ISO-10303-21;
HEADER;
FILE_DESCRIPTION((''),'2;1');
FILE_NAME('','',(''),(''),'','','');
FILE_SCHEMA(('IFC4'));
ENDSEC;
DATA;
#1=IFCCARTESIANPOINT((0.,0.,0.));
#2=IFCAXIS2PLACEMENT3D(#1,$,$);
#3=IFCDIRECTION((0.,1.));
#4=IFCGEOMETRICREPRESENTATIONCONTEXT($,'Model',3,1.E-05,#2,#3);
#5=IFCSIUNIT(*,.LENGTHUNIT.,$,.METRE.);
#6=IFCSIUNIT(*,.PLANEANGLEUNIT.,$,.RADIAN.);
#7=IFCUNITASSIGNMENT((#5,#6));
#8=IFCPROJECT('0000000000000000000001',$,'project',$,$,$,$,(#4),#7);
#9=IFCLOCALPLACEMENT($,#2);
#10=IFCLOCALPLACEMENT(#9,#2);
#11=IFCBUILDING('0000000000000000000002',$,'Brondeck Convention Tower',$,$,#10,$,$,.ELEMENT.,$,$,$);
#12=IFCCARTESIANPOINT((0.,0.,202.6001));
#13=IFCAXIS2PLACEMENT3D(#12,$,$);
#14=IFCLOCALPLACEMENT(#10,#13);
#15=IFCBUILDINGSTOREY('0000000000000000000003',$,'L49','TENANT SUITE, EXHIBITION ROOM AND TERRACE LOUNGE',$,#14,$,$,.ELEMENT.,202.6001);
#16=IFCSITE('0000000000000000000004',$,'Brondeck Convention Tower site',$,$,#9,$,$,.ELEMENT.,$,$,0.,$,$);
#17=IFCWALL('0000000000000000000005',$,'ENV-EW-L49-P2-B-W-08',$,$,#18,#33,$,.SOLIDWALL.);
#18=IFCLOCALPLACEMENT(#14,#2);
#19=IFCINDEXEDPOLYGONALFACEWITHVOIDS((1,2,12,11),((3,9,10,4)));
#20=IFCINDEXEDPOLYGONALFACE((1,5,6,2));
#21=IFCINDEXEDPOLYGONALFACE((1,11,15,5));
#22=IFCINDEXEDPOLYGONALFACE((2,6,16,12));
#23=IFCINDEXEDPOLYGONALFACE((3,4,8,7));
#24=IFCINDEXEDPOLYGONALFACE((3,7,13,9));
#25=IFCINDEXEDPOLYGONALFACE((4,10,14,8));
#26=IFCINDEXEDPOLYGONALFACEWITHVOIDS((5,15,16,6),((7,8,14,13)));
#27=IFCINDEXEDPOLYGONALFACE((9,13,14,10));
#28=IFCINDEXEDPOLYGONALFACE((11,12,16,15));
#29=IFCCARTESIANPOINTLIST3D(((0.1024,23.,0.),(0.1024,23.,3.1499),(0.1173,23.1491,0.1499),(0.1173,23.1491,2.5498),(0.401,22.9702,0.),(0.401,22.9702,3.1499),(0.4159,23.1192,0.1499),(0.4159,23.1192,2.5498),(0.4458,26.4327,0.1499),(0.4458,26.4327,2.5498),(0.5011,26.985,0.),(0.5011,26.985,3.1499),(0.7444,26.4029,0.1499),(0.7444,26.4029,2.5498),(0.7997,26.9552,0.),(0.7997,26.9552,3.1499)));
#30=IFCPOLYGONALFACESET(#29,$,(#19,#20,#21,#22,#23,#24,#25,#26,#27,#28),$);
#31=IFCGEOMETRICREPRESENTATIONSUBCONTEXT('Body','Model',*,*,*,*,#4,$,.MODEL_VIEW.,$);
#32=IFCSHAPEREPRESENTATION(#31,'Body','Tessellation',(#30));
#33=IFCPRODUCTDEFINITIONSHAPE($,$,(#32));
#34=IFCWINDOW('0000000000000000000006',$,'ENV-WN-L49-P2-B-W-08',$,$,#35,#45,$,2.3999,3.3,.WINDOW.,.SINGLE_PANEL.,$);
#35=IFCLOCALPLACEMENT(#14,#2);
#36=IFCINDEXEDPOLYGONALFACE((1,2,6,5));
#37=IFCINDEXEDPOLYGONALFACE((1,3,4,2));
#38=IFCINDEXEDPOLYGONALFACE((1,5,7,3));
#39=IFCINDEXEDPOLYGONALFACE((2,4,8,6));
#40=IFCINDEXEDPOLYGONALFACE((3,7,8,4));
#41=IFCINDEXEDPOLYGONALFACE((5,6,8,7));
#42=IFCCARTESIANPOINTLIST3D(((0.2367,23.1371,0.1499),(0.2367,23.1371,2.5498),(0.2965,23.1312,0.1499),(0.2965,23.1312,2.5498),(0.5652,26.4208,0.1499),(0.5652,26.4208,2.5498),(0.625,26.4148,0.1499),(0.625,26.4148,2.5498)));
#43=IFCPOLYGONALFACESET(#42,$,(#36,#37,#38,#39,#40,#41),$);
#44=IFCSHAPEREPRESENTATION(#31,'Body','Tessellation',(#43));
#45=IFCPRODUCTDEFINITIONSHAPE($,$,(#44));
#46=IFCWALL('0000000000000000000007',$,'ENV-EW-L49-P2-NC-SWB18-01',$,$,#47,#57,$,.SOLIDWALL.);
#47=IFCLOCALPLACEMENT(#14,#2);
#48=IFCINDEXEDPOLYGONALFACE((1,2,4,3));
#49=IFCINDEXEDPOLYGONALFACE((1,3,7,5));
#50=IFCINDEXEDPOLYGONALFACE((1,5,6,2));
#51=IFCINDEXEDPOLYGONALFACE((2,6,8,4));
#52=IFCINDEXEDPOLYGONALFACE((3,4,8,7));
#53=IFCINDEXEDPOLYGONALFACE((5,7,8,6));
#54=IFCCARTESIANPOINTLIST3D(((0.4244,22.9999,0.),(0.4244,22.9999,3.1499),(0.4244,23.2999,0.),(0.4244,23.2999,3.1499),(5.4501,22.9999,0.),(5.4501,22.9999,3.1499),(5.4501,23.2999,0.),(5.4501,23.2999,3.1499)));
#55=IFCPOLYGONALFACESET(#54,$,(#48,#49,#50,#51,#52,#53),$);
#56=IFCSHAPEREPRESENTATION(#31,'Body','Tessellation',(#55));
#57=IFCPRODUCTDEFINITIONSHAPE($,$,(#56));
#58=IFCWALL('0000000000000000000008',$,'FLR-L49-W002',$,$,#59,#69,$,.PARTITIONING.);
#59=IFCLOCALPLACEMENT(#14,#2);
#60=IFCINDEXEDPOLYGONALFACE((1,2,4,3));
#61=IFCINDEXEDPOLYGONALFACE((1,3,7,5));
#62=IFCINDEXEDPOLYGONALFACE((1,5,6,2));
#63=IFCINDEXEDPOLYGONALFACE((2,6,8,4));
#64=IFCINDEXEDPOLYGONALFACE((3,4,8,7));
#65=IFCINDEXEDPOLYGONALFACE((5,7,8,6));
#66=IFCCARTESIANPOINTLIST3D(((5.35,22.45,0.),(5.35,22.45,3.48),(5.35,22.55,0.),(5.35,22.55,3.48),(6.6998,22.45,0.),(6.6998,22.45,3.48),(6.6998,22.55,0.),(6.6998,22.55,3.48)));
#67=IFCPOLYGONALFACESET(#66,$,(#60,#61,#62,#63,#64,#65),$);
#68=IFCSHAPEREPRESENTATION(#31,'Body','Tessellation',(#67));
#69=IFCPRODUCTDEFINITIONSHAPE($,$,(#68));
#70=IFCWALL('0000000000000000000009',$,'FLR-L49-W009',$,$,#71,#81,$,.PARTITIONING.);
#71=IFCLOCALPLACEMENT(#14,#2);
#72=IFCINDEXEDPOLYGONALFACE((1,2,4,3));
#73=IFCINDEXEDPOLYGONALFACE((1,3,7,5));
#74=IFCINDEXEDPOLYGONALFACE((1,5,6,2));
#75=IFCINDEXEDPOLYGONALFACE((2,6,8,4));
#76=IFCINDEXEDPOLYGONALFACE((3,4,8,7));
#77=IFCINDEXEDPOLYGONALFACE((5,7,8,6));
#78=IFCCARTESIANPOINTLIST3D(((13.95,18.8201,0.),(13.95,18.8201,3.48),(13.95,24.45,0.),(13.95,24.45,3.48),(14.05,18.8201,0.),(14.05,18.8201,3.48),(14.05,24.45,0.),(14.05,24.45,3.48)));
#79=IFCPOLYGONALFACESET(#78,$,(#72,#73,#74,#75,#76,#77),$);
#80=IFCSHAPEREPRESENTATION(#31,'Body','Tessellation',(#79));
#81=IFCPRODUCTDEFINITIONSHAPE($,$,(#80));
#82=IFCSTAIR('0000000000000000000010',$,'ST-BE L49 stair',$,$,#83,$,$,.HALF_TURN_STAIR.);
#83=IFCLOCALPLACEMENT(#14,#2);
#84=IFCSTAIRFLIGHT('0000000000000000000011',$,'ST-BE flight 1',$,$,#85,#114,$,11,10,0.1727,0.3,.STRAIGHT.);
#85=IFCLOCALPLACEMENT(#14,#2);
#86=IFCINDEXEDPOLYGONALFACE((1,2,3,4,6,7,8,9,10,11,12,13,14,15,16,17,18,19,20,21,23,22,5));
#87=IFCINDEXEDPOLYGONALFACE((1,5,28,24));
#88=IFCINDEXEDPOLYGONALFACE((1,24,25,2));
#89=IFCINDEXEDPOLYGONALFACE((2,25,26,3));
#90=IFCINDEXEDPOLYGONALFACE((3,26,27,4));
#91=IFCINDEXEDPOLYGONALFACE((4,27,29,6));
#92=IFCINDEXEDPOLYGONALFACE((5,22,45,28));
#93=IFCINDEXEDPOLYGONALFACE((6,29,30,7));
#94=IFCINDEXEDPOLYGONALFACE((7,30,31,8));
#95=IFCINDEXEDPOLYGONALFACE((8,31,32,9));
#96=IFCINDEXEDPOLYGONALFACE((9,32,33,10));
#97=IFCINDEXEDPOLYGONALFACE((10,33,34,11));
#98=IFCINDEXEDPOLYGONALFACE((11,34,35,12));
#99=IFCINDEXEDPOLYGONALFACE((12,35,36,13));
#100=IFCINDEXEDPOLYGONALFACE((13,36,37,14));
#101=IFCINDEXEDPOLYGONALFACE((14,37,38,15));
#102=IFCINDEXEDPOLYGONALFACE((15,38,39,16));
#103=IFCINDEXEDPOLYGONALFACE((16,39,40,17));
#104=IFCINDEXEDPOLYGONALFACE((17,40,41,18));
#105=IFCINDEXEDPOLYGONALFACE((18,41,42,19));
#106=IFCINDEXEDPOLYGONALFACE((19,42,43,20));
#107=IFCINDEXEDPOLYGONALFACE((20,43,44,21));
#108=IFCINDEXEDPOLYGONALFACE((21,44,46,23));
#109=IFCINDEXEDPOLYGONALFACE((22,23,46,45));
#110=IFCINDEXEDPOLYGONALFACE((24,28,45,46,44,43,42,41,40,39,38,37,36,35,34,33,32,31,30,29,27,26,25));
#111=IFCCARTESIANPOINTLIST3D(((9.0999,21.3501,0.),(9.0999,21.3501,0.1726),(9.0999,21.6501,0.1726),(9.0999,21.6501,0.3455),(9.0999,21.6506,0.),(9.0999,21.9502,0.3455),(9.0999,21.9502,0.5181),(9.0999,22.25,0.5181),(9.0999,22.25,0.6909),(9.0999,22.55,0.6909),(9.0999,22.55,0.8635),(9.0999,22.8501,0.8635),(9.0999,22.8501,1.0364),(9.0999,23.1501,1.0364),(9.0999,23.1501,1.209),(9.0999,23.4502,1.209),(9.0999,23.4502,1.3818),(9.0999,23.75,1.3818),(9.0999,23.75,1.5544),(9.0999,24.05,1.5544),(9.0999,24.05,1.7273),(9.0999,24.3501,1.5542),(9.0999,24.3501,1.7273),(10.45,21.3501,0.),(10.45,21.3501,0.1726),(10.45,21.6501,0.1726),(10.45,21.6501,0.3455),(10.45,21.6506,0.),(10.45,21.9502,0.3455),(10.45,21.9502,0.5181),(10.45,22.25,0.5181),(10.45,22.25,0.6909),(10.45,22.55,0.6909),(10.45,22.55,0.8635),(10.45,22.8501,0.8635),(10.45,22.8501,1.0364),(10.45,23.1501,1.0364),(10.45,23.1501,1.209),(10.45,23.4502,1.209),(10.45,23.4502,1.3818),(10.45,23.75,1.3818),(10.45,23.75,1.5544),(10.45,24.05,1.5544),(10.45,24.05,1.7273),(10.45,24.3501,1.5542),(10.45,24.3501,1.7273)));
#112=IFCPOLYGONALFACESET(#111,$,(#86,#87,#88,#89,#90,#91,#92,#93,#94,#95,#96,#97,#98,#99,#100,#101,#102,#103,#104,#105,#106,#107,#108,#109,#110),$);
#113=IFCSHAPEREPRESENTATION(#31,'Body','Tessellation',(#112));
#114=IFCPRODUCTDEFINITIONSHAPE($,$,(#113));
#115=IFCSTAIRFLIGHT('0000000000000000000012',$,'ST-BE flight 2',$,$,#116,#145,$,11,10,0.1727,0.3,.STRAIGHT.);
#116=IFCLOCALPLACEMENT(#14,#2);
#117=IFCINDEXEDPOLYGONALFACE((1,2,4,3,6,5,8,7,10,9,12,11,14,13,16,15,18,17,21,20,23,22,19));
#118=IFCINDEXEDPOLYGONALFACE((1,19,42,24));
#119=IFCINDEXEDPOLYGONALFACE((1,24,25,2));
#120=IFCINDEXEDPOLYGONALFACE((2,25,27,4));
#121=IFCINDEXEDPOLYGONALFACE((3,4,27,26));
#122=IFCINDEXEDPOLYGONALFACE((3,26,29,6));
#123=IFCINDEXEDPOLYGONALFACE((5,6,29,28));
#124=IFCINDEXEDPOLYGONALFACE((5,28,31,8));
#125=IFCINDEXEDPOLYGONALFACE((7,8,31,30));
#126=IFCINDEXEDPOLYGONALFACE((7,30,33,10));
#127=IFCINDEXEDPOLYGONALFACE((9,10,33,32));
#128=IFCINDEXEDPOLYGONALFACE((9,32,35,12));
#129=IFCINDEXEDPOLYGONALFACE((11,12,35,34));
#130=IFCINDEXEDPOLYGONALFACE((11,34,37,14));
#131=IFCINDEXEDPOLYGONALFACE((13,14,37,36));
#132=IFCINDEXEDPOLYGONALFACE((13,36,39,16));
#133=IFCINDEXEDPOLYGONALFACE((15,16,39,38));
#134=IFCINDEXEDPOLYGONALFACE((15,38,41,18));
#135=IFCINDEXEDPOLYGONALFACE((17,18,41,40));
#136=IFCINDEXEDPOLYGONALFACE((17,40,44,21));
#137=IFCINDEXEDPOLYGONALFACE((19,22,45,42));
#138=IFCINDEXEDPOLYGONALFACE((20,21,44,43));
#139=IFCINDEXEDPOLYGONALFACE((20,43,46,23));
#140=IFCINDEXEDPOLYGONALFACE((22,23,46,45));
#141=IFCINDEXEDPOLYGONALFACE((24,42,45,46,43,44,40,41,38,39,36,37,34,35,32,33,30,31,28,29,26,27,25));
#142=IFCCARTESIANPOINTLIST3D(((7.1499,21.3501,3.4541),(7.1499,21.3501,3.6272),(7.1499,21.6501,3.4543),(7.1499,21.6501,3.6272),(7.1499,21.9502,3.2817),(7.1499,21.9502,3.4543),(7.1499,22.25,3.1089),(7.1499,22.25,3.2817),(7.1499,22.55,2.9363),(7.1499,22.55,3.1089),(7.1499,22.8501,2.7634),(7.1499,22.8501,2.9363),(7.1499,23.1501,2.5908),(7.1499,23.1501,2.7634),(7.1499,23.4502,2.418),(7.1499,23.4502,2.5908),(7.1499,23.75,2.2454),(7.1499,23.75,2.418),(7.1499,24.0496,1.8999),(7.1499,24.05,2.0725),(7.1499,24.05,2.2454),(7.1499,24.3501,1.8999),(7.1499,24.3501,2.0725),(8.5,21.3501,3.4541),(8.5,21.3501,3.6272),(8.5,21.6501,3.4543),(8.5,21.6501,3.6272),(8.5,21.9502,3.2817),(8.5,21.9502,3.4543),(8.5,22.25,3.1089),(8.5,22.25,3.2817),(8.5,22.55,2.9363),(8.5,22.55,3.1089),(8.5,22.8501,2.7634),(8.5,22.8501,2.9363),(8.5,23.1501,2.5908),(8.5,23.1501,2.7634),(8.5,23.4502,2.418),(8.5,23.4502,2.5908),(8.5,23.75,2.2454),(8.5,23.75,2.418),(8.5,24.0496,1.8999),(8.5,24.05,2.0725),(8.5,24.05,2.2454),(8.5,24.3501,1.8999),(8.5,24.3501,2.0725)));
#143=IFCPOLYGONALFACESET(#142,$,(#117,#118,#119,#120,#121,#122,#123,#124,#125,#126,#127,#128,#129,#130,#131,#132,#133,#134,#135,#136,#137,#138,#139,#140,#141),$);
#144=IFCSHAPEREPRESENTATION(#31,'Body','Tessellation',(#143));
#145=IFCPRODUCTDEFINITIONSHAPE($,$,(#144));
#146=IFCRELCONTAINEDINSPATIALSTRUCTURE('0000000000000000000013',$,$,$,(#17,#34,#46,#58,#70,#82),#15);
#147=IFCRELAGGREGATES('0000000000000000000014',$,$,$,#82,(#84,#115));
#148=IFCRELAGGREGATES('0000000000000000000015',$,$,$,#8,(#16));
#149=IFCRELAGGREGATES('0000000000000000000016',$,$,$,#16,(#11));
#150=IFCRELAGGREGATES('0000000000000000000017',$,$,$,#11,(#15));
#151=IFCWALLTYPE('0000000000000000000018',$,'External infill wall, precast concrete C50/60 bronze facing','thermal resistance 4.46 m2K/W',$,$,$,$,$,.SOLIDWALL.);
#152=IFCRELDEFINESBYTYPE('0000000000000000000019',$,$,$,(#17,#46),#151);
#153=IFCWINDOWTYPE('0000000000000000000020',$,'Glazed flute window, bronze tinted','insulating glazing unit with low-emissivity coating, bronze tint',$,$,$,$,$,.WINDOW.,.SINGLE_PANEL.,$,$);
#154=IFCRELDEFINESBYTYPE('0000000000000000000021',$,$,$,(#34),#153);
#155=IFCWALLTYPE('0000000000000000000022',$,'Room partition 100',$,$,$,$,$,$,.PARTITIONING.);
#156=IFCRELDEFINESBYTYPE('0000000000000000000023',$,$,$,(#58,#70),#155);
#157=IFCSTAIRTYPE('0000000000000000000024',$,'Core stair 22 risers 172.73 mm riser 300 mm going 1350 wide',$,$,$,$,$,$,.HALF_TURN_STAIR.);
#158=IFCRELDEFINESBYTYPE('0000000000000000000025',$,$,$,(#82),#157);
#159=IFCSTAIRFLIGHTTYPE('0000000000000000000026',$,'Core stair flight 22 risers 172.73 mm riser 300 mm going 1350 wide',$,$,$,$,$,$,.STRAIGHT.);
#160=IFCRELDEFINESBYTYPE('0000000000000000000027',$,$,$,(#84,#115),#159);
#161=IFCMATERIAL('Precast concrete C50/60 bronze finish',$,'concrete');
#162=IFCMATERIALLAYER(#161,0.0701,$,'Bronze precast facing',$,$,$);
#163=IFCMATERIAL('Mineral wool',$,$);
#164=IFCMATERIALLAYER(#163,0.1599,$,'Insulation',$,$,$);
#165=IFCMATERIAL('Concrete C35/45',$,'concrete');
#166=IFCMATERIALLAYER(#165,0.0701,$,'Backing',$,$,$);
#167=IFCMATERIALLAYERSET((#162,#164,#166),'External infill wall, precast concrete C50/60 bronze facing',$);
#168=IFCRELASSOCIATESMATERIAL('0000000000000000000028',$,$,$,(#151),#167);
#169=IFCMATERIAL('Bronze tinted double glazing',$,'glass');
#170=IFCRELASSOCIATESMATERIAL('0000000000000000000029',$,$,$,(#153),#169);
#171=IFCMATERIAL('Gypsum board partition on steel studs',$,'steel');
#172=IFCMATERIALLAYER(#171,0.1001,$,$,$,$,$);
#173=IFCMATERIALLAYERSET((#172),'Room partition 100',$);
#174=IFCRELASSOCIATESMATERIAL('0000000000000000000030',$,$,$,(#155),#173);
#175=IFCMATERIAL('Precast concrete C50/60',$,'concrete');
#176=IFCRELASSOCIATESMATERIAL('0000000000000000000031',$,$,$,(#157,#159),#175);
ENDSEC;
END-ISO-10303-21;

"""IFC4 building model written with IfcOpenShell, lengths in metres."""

from ifc_helpers import new_model, si_unit, direction, frame, frame_2d, origin, place, context, subcontext, project, spatial, polyline, rectangle, outline, extrude, material, layer, layer_set, type_object, element, fill, aggregate, save


model = new_model("IFC4")

# Units and contexts
model_context = context("Model", 3, precision=1e-05, world=origin(), true_north=direction((0.0, 1.0)))
body_context = subcontext(model_context, "Body", "Model", "MODEL_VIEW")
ifc_project = project(units=[si_unit("LENGTHUNIT", "METRE"), si_unit("PLANEANGLEUNIT", "RADIAN")], contexts=[model_context])

# Site, building, storey
site_placement = place(None, origin())
site = spatial("IfcSite", under=ifc_project, at=site_placement, Name="Brondeck Convention Tower site", CompositionType="ELEMENT", RefElevation=0.0)
building_placement = place(site_placement, origin())
building = spatial("IfcBuilding", under=site, at=building_placement, Name="Brondeck Convention Tower", CompositionType="ELEMENT")
storey_placement = place(building_placement, frame((0.0, 0.0, 202.6001)))
storey = spatial("IfcBuildingStorey", under=building, at=storey_placement, Name="L49", Description="TENANT SUITE, EXHIBITION ROOM AND TERRACE LOUNGE", CompositionType="ELEMENT", Elevation=202.6001)

# Shared definitions
ifc_material_1 = material(Name="Precast concrete C50/60 bronze finish", Category="concrete")
ifc_layer_1 = layer(ifc_material_1, 0.0701, Name="Bronze precast facing")
ifc_material_2 = material(Name="Mineral wool")
ifc_layer_2 = layer(ifc_material_2, 0.1599, Name="Insulation")
ifc_material_3 = material(Name="Concrete C35/45", Category="concrete")
ifc_layer_3 = layer(ifc_material_3, 0.0701, Name="Backing")
ifc_layer_set_1 = layer_set([ifc_layer_1, ifc_layer_2, ifc_layer_3], Name="External infill wall, precast concrete C50/60 bronze facing")
wall_type_1 = type_object("IfcWallType", Name="External infill wall, precast concrete C50/60 bronze facing", Description="thermal resistance 4.46 m2K/W", PredefinedType="SOLIDWALL", material=ifc_layer_set_1)
ifc_material_4 = material(Name="Bronze tinted double glazing", Category="glass")
window_type_1 = type_object("IfcWindowType", Name="Glazed flute window, bronze tinted", Description="insulating glazing unit with low-emissivity coating, bronze tint", PartitioningType="SINGLE_PANEL", PredefinedType="WINDOW", material=ifc_material_4)

# Wall, opening, window
wall_1_placement = place(storey_placement, frame((0.2517, 22.9851, 0.0), z_axis=(0.0, 0.0, 1.0), x_axis=(0.099546, 0.995033, 0.0)))
wall_1 = element("IfcWall", 1, at=wall_1_placement, inside=storey, type_object=wall_type_1, Name="ENV-EW-L49-P2-B-W-08", PredefinedType="SOLIDWALL", context=body_context, shape_type="SweptSolid", body=[
    extrude(rectangle(XDim=4.0049, YDim=0.3, at=frame_2d((2.0024, 0.0))), origin(), (0.0, 0.0, 1.0), 3.1499),
])
opening_1_placement = place(wall_1_placement, frame((0.1499, 0.0, 0.1499)))
opening_1 = element("IfcOpeningElement", 2, at=opening_1_placement, cuts=wall_1, PredefinedType="OPENING", context=body_context, shape_type="SweptSolid", body=[
    extrude(rectangle(XDim=3.3, YDim=2.3999, at=frame_2d((1.6499, 1.2))), frame((0.0, 0.1599, 0.0), z_axis=(0.0, -1.0, 0.0), x_axis=(1.0, 0.0, 0.0)), (0.0, 0.0, 1.0), 0.3201),
])
window_1_placement = place(opening_1_placement, origin())
window_1 = element("IfcWindow", 3, at=window_1_placement, inside=storey, type_object=window_type_1, Name="ENV-WN-L49-P2-B-W-08", OverallHeight=2.3999, OverallWidth=3.3, PartitioningType="SINGLE_PANEL", PredefinedType="WINDOW", context=body_context, shape_type="SweptSolid", body=[
    extrude(rectangle(XDim=3.3, YDim=2.3999, at=frame_2d((1.6499, 1.2))), frame((0.0, 0.03, 0.0), z_axis=(0.0, -1.0, 0.0), x_axis=(1.0, 0.0, 0.0)), (0.0, 0.0, 1.0), 0.0601),
])
fill(opening_1, window_1)

# Walls
wall_2_placement = place(storey_placement, frame((5.45, 23.1499, 0.0), z_axis=(0.0, 0.0, 1.0), x_axis=(-1.0, 0.0, 0.0)))
element("IfcWall", 4, at=wall_2_placement, inside=storey, type_object=wall_type_1, Name="ENV-EW-L49-P2-NC-SWB18-01", PredefinedType="SOLIDWALL", context=body_context, shape_type="SweptSolid", body=[
    extrude(rectangle(XDim=5.0256, YDim=0.3, at=frame_2d((2.5127, 0.0))), origin(), (0.0, 0.0, 1.0), 3.1499),
])
ifc_material_5 = material(Name="Gypsum board partition on steel studs", Category="steel")
ifc_layer_4 = layer(ifc_material_5, 0.1001)
ifc_layer_set_2 = layer_set([ifc_layer_4], Name="Room partition 100")
wall_type_2 = type_object("IfcWallType", Name="Room partition 100", PredefinedType="PARTITIONING", material=ifc_layer_set_2)
wall_3_placement = place(storey_placement, frame((5.3501, 22.5, 0.0), z_axis=(0.0, 0.0, 1.0), x_axis=(1.0, 0.0, 0.0)))
element("IfcWall", 5, at=wall_3_placement, inside=storey, type_object=wall_type_2, Name="FLR-L49-W002", PredefinedType="PARTITIONING", context=body_context, shape_type="SweptSolid", body=[
    extrude(rectangle(XDim=1.3499, YDim=0.1001, at=frame_2d((0.6748, 0.0))), origin(), (0.0, 0.0, 1.0), 3.48),
])
wall_4_placement = place(storey_placement, frame((14.0, 24.45, 0.0), z_axis=(0.0, 0.0, 1.0), x_axis=(0.0, -1.0, 0.0)))
element("IfcWall", 6, at=wall_4_placement, inside=storey, type_object=wall_type_2, Name="FLR-L49-W009", PredefinedType="PARTITIONING", context=body_context, shape_type="SweptSolid", body=[
    extrude(rectangle(XDim=5.6299, YDim=0.1001, at=frame_2d((2.8149, 0.0))), origin(), (0.0, 0.0, 1.0), 3.48),
])

# Stair, stair flights
ifc_material_6 = material(Name="Precast concrete C50/60", Category="concrete")
stair_type = type_object("IfcStairType", Name="Core stair 22 risers 172.73 mm riser 300 mm going 1350 wide", PredefinedType="HALF_TURN_STAIR", material=ifc_material_6)
stair_placement = place(storey_placement, origin())
stair = element("IfcStair", 7, at=stair_placement, inside=storey, type_object=stair_type, Name="ST-BE L49 stair", PredefinedType="HALF_TURN_STAIR")
stair_flight_type = type_object("IfcStairFlightType", Name="Core stair flight 22 risers 172.73 mm riser 300 mm going 1350 wide", PredefinedType="STRAIGHT", material=ifc_material_6)
stair_flight_1_placement = place(storey_placement, frame((9.7749, 21.3501, 0.0), z_axis=(0.0, 0.0, 1.0), x_axis=(0.0, 1.0, 0.0)))
stair_flight_1 = element("IfcStairFlight", 8, at=stair_flight_1_placement, type_object=stair_flight_type, Name="ST-BE flight 1", NumberOfRisers=11, NumberOfTreads=10, PredefinedType="STRAIGHT", RiserHeight=0.1727, TreadLength=0.3, context=body_context, shape_type="SweptSolid", body=[
    extrude(outline(polyline([(0.0, 0.0), (0.0, 0.1726), (0.3, 0.1726), (0.3, 0.3455), (0.6001, 0.3455), (0.6001, 0.5181), (0.8999, 0.5181), (0.8999, 0.6909), (1.2, 0.6909), (1.2, 0.8635), (1.5, 0.8635), (1.5, 1.0364), (1.8, 1.0364), (1.8, 1.209), (2.1001, 1.209), (2.1001, 1.3818), (2.3999, 1.3818), (2.3999, 1.5544), (2.7, 1.5544), (2.7, 1.7273), (3.0, 1.7273), (3.0, 1.8999), (3.0, 1.5542), (0.3005, 0.0), (0.0, 0.0)])), frame((0.0, 0.675, 0.0), z_axis=(0.0, -1.0, 0.0), x_axis=(1.0, 0.0, 0.0)), (0.0, 0.0, 1.0), 1.3501),
])
stair_flight_2_placement = place(storey_placement, frame((7.825, 24.3501, 1.8999), z_axis=(0.0, 0.0, 1.0), x_axis=(0.0, -1.0, 0.0)))
stair_flight_2 = element("IfcStairFlight", 9, at=stair_flight_2_placement, type_object=stair_flight_type, Name="ST-BE flight 2", NumberOfRisers=11, NumberOfTreads=10, PredefinedType="STRAIGHT", RiserHeight=0.1727, TreadLength=0.3, context=body_context, shape_type="SweptSolid", body=[
    extrude(outline(polyline([(0.0, 0.0), (0.0, 0.1726), (0.3, 0.1726), (0.3, 0.3455), (0.6001, 0.3455), (0.6001, 0.5181), (0.8999, 0.5181), (0.8999, 0.6909), (1.2, 0.6909), (1.2, 0.8635), (1.5, 0.8635), (1.5, 1.0364), (1.8, 1.0364), (1.8, 1.209), (2.1001, 1.209), (2.1001, 1.3818), (2.3999, 1.3818), (2.3999, 1.5544), (2.7, 1.5544), (2.7, 1.7273), (3.0, 1.7273), (3.0, 1.8999), (3.0, 1.5542), (0.3005, 0.0), (0.0, 0.0)])), frame((0.0, 0.675, 0.0), z_axis=(0.0, -1.0, 0.0), x_axis=(1.0, 0.0, 0.0)), (0.0, 0.0, 1.0), 1.3501),
])
aggregate(stair, [stair_flight_1, stair_flight_2])

save(model, "model.ifc")
